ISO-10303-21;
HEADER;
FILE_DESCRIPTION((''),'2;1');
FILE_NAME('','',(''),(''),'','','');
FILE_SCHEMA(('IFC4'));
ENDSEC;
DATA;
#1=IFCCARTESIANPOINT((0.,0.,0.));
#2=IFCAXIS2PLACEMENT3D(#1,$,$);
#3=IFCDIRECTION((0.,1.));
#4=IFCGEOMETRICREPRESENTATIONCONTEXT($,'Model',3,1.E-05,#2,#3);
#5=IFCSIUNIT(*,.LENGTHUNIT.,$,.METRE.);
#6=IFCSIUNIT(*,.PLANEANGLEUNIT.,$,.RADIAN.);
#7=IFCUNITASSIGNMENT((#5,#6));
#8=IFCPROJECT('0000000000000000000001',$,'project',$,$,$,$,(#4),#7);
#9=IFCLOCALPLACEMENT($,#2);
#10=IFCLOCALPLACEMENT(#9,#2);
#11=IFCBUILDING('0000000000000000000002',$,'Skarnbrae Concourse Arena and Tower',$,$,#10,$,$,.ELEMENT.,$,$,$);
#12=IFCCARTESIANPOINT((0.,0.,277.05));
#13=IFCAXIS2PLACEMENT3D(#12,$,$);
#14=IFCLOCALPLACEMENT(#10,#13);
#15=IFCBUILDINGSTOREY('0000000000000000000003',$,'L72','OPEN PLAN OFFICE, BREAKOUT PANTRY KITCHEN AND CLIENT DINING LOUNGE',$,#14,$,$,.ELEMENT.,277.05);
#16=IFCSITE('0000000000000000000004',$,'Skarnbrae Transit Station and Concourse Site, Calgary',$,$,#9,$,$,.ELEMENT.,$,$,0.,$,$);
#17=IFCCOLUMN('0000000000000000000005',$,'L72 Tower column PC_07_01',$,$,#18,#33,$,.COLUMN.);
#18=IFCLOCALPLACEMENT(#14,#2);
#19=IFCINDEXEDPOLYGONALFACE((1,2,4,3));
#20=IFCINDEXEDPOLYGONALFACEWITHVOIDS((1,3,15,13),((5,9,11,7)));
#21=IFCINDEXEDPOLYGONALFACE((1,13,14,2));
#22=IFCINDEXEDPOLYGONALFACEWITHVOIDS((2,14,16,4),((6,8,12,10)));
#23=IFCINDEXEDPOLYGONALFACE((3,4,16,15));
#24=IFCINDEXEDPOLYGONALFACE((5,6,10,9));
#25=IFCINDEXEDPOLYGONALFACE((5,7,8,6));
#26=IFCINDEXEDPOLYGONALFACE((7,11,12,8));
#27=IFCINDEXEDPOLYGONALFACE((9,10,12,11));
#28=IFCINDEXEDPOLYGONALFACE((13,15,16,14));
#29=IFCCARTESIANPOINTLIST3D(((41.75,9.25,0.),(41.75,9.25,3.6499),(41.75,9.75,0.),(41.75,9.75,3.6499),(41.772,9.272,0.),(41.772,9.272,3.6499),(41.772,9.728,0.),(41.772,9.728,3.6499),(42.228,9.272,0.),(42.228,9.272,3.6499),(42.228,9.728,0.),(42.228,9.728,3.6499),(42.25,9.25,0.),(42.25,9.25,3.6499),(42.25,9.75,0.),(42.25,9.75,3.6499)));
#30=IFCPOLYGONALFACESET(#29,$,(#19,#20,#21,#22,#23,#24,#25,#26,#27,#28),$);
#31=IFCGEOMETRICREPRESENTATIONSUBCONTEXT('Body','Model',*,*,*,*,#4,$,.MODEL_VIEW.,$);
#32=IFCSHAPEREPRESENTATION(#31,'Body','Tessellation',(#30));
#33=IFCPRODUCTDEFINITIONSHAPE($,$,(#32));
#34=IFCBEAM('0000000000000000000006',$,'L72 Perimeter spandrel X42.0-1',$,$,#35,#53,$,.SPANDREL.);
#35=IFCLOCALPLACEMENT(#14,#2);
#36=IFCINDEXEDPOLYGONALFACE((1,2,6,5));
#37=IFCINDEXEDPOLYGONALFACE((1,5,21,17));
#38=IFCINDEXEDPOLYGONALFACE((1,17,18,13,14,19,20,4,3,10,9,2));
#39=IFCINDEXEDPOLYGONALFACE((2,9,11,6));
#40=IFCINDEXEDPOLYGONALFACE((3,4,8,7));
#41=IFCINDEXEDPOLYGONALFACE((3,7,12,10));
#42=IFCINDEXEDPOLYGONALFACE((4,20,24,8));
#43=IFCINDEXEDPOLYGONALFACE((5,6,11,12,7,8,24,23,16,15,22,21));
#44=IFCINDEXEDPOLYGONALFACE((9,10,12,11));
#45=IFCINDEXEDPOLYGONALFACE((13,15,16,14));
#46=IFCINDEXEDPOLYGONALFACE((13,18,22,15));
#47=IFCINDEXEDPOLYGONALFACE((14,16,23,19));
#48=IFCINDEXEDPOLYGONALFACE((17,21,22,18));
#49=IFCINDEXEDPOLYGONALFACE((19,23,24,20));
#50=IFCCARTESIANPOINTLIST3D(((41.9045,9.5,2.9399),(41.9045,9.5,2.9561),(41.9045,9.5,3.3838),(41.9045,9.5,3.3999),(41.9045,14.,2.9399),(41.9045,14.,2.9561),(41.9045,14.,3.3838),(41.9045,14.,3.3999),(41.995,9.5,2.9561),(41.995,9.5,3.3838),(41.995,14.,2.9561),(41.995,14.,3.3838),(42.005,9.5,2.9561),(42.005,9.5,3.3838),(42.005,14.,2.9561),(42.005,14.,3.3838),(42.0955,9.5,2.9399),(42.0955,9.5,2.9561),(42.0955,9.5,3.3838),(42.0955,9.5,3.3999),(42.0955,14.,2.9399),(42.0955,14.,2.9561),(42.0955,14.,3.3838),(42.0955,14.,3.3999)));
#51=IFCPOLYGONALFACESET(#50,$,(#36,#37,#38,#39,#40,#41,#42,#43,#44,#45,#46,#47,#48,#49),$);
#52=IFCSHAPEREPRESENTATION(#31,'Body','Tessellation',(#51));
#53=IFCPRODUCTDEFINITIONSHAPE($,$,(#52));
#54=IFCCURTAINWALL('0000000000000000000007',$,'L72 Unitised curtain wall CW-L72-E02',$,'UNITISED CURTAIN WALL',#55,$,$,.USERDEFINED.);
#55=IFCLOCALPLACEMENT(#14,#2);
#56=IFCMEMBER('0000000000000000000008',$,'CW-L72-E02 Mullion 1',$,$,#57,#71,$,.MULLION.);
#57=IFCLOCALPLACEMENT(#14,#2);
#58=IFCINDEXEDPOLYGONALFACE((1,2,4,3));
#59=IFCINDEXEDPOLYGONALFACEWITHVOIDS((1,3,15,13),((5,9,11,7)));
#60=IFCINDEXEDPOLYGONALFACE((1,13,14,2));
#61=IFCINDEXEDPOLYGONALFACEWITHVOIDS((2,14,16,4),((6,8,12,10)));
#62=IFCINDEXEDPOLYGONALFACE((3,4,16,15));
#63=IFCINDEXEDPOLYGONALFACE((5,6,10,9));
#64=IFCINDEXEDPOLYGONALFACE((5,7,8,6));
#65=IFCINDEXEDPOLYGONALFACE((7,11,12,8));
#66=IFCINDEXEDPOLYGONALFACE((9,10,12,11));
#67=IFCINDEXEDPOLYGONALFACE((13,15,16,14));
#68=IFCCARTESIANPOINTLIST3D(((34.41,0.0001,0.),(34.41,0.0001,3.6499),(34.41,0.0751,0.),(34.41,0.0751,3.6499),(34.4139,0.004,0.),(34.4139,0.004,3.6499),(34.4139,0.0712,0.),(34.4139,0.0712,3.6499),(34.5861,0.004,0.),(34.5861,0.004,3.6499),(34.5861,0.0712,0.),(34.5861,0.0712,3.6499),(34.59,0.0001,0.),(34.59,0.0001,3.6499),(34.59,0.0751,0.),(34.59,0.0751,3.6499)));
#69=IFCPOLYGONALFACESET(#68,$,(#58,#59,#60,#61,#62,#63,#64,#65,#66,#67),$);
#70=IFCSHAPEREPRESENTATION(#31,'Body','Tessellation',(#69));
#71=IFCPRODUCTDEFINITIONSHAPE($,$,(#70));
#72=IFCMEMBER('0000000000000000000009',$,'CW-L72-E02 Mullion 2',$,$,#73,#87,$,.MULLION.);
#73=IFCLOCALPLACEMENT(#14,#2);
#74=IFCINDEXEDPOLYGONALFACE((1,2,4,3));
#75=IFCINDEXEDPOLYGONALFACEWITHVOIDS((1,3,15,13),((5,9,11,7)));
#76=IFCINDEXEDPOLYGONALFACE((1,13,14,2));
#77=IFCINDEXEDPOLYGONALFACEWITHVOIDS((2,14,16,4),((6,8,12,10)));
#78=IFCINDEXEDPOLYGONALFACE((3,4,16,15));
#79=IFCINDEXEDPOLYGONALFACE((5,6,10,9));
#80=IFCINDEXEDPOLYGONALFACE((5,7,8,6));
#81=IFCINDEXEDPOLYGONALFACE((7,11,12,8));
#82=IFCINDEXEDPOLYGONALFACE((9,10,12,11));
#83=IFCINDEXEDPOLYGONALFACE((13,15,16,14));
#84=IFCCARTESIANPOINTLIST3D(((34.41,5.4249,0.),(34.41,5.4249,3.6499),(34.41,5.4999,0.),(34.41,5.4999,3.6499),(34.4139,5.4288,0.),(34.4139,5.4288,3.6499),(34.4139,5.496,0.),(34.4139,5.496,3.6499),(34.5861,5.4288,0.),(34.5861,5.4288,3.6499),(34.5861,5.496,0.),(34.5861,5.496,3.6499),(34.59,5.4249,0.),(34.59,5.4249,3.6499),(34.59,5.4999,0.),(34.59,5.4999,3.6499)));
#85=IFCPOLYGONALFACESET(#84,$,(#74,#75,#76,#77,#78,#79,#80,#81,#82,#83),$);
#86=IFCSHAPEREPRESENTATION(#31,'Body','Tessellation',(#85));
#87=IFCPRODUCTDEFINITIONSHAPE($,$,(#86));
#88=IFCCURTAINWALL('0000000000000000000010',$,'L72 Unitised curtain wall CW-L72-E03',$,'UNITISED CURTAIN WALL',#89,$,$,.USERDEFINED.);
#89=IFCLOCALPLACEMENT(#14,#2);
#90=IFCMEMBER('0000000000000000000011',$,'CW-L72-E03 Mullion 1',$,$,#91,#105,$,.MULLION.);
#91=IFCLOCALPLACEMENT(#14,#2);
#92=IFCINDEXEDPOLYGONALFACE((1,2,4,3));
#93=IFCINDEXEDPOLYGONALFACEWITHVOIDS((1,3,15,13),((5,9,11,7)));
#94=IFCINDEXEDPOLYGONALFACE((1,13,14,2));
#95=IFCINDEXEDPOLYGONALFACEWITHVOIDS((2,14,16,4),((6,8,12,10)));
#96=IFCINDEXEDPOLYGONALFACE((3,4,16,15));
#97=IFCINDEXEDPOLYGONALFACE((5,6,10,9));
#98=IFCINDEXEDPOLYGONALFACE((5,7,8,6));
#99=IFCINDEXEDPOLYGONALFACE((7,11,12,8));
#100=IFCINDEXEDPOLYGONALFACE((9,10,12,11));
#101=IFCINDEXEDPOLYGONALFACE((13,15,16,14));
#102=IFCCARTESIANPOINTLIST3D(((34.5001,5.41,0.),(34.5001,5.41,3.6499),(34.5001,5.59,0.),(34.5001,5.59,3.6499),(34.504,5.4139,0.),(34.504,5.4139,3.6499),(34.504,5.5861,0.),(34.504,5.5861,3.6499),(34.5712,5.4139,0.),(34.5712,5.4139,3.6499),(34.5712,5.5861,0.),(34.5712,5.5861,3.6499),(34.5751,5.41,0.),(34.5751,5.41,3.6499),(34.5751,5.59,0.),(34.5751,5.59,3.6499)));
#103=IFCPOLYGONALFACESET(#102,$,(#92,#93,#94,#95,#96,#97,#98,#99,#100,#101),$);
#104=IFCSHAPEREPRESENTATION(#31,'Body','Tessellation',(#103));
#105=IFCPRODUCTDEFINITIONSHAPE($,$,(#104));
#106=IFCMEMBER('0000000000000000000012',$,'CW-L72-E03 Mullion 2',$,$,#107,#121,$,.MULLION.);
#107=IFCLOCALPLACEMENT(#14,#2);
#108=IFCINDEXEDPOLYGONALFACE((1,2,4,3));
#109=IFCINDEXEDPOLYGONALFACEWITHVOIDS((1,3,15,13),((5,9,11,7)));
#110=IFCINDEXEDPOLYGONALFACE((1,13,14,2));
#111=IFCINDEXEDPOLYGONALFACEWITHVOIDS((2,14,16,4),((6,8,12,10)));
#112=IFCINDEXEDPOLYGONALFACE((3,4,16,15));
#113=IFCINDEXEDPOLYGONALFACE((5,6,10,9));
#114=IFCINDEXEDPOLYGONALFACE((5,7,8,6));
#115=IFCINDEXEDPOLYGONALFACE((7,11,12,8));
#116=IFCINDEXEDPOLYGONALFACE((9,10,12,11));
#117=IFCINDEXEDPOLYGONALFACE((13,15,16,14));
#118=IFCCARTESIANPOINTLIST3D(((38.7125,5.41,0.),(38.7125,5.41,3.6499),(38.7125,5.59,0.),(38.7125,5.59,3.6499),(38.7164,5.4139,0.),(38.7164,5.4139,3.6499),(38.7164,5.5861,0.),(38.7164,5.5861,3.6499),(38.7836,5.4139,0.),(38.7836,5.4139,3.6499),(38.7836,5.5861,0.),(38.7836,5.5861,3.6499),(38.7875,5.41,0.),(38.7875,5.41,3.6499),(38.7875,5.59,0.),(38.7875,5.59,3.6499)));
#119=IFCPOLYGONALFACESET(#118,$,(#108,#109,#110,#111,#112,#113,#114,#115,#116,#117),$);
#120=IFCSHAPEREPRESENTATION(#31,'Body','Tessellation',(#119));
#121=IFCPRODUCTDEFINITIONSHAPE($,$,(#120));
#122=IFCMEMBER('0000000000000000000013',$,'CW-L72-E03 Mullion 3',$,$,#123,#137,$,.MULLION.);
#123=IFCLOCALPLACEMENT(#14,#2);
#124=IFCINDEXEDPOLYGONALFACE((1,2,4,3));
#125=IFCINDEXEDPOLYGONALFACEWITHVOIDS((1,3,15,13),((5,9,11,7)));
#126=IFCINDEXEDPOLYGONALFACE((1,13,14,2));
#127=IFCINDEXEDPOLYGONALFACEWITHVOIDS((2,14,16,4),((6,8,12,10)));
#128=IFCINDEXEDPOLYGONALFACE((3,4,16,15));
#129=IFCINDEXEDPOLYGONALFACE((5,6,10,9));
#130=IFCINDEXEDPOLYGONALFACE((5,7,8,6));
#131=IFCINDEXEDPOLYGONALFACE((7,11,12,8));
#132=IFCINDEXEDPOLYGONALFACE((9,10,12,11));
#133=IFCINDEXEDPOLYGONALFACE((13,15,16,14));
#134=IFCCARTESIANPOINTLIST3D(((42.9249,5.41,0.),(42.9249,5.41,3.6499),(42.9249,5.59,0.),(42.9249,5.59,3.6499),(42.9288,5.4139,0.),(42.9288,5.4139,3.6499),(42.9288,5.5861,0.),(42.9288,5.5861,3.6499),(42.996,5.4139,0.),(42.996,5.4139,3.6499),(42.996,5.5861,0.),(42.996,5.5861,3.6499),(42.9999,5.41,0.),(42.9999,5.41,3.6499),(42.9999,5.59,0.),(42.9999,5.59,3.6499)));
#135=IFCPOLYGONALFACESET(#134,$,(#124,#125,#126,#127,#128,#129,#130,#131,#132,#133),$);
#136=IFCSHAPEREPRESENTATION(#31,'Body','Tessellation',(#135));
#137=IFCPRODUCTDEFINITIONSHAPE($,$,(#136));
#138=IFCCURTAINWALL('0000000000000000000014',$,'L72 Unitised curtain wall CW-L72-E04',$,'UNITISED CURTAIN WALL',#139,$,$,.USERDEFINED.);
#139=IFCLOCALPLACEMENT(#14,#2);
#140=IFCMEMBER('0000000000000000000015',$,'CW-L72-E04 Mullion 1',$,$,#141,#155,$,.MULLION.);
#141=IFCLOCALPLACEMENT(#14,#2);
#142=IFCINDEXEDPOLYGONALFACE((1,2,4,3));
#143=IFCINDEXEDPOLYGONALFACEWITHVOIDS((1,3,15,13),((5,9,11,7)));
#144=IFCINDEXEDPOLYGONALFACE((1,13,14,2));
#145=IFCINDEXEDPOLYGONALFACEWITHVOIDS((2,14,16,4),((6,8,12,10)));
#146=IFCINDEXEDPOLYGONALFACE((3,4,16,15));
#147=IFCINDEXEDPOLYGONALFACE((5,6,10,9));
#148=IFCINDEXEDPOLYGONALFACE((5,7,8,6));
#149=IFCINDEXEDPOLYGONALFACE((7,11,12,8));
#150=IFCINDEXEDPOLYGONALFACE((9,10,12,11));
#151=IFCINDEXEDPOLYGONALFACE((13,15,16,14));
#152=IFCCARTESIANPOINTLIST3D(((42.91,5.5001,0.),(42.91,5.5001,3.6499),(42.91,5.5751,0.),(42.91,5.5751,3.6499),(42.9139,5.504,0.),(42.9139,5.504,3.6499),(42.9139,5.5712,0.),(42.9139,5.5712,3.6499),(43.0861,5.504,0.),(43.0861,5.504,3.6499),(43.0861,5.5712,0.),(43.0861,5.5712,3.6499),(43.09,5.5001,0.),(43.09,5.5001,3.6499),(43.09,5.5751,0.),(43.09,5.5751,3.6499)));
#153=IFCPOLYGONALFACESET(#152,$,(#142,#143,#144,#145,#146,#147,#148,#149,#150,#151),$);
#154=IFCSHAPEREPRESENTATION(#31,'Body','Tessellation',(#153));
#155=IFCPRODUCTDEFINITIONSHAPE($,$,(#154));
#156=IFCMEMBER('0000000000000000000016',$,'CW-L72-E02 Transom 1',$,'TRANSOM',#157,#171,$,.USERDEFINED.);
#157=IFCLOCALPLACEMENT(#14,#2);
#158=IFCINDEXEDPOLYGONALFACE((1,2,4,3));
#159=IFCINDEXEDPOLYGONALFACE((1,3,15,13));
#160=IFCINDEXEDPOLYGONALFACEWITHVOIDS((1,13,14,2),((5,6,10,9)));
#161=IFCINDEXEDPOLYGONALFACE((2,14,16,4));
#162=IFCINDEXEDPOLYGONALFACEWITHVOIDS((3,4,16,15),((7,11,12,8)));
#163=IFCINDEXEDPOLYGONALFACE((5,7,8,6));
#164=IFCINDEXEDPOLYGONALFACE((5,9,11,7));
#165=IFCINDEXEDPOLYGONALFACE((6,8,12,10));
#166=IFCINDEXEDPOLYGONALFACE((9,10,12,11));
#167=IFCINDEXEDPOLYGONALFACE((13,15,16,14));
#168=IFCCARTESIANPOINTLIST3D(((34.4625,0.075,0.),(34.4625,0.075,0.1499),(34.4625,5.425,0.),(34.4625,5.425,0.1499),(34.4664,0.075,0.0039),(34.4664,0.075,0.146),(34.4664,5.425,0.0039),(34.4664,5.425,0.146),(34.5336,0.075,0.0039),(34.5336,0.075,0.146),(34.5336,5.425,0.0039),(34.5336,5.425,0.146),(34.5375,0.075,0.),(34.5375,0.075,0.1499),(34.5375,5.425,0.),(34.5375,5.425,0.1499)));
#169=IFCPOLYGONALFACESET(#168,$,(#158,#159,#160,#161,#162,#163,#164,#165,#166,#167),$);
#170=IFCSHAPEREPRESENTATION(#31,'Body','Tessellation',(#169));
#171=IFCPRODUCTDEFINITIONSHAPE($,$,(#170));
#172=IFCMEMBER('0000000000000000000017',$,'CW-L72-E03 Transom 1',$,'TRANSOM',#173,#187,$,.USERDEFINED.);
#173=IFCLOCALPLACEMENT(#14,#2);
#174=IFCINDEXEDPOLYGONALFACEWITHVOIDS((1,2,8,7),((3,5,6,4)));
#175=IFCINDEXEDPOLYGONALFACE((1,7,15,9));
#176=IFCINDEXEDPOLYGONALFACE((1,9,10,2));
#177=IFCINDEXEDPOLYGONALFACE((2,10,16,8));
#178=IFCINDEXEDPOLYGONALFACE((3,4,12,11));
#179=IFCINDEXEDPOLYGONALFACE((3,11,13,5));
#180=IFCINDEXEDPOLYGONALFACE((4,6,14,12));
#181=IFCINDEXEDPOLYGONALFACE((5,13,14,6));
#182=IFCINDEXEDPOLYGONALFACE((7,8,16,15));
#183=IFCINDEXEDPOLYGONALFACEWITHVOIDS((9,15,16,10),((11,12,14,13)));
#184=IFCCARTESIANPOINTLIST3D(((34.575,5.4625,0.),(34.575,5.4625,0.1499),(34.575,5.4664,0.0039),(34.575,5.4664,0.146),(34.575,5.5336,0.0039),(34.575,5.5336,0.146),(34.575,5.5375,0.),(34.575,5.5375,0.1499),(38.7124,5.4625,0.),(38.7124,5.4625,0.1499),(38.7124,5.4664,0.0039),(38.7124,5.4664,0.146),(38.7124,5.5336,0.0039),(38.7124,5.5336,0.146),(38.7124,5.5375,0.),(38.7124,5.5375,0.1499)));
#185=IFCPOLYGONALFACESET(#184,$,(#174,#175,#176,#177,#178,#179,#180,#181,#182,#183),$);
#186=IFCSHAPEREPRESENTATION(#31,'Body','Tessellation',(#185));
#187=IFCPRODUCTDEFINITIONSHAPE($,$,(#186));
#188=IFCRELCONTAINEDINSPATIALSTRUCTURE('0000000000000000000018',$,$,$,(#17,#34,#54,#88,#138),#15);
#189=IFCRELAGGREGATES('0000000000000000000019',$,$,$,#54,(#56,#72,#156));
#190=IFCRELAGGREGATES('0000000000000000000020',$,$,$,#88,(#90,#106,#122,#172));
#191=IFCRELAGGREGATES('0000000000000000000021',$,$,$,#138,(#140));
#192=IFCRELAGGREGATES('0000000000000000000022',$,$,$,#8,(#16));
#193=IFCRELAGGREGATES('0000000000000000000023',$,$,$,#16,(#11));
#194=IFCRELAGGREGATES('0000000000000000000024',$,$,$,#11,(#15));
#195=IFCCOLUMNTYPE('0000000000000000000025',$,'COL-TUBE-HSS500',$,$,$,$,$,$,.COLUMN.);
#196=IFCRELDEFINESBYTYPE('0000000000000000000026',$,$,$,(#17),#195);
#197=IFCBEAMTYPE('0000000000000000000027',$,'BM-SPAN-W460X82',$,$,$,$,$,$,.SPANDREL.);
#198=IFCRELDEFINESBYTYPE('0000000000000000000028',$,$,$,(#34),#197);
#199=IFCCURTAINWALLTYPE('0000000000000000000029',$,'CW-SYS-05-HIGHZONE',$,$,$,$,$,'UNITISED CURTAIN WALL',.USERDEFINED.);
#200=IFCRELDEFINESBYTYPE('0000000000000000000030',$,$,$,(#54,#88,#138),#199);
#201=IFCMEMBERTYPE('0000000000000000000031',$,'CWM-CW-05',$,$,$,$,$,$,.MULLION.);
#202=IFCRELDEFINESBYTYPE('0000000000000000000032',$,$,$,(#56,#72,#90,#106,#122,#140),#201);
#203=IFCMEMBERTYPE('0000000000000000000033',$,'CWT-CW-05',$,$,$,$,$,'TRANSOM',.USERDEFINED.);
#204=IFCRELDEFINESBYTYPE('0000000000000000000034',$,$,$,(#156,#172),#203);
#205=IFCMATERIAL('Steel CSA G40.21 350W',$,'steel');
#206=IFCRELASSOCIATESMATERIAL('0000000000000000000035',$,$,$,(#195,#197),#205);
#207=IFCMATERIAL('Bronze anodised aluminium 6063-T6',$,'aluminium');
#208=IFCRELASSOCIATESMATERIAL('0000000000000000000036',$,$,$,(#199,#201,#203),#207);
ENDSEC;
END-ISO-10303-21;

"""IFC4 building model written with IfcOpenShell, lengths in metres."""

from ifc_helpers import new_model, si_unit, direction, frame, origin, origin_2d, place, context, subcontext, project, spatial, hollow_rectangle, i_section, extrude, source, transform, mapped, material, material_profile, profile_set, type_object, element, aggregate, save


model = new_model("IFC4")

# Units and contexts
model_context = context("Model", 3, precision=1e-05, world=origin(), true_north=direction((0.0, 1.0)))
body_context = subcontext(model_context, "Body", "Model", "MODEL_VIEW")
ifc_project = project(units=[si_unit("LENGTHUNIT", "METRE"), si_unit("PLANEANGLEUNIT", "RADIAN")], contexts=[model_context])

# Site, building, storey
site_placement = place(None, origin())
site = spatial("IfcSite", under=ifc_project, at=site_placement, Name="Skarnbrae Transit Station and Concourse Site, Calgary", CompositionType="ELEMENT", RefElevation=0.0)
building_placement = place(site_placement, origin())
building = spatial("IfcBuilding", under=site, at=building_placement, Name="Skarnbrae Concourse Arena and Tower", CompositionType="ELEMENT")
storey_placement = place(building_placement, frame((0.0, 0.0, 277.05)))
storey = spatial("IfcBuildingStorey", under=building, at=storey_placement, Name="L72", Description="OPEN PLAN OFFICE, BREAKOUT PANTRY KITCHEN AND CLIENT DINING LOUNGE", CompositionType="ELEMENT", Elevation=277.05)

# Column
ifc_material_1 = material(Name="Steel CSA G40.21 350W", Category="steel")
ifc_material_profile_1 = material_profile(ifc_material_1, hollow_rectangle(XDim=0.5, YDim=0.5, WallThickness=0.022, at=origin_2d()), Name="HSS500X500X22.0")
ifc_profile_set_1 = profile_set([ifc_material_profile_1], Name="Steel CSA G40.21 350W")
column_type = type_object("IfcColumnType", Name="COL-TUBE-HSS500", PredefinedType="COLUMN", material=ifc_profile_set_1)
shared_shape_1 = source(origin(), body_context, "Body", "SweptSolid", [
    extrude(hollow_rectangle(XDim=0.5, YDim=0.5, WallThickness=0.022, at=origin_2d()), origin(), (0.0, 0.0, 1.0), 3.6499),
])
column_placement = place(storey_placement, frame((42.0, 9.5, 0.0), z_axis=(0.0, 0.0, 1.0), x_axis=(1.0, 0.0, 0.0)))
element("IfcColumn", 1, at=column_placement, inside=storey, type_object=column_type, Name="L72 Tower column PC_07_01", PredefinedType="COLUMN", context=body_context, shape_type="MappedRepresentation", body=[
    mapped(shared_shape_1, transform((0.0, 0.0, 0.0))),
])

# Beam
ifc_material_profile_2 = material_profile(ifc_material_1, i_section(OverallWidth=0.1909, OverallDepth=0.46, WebThickness=0.01, FlangeThickness=0.0161, at=origin_2d()), Name="W460X82")
ifc_profile_set_2 = profile_set([ifc_material_profile_2], Name="Steel CSA G40.21 350W")
beam_type = type_object("IfcBeamType", Name="BM-SPAN-W460X82", PredefinedType="SPANDREL", material=ifc_profile_set_2)
shared_shape_2 = source(origin(), body_context, "Body", "SweptSolid", [
    extrude(i_section(OverallWidth=0.1909, OverallDepth=0.46, WebThickness=0.01, FlangeThickness=0.0161, at=origin_2d()), origin(), (0.0, 0.0, 1.0), 4.5),
])
beam_placement = place(storey_placement, frame((42.0, 9.5, 3.1699), z_axis=(0.0, 1.0, 0.0), x_axis=(-1.0, 0.0, 0.0)))
element("IfcBeam", 2, at=beam_placement, inside=storey, type_object=beam_type, Name="L72 Perimeter spandrel X42.0-1", PredefinedType="SPANDREL", context=body_context, shape_type="MappedRepresentation", body=[
    mapped(shared_shape_2, transform((0.0, 0.0, 0.0))),
])

# Curtain walls, members
ifc_material_2 = material(Name="Bronze anodised aluminium 6063-T6", Category="aluminium")
curtain_wall_type = type_object("IfcCurtainWallType", Name="CW-SYS-05-HIGHZONE", ElementType="UNITISED CURTAIN WALL", PredefinedType="USERDEFINED", material=ifc_material_2)
curtain_wall_1_placement = place(storey_placement, origin())
curtain_wall_1 = element("IfcCurtainWall", 3, at=curtain_wall_1_placement, inside=storey, type_object=curtain_wall_type, Name="L72 Unitised curtain wall CW-L72-E02", ObjectType="UNITISED CURTAIN WALL", PredefinedType="USERDEFINED")
ifc_material_profile_3 = material_profile(ifc_material_2, hollow_rectangle(XDim=0.075, YDim=0.1799, WallThickness=0.0039, at=origin_2d()), Name="ALU-MULL-75X180")
ifc_profile_set_3 = profile_set([ifc_material_profile_3], Name="Bronze anodised aluminium 6063-T6")
member_type_1 = type_object("IfcMemberType", Name="CWM-CW-05", PredefinedType="MULLION", material=ifc_profile_set_3)
shared_shape_3 = source(origin(), body_context, "Body", "SweptSolid", [
    extrude(hollow_rectangle(XDim=0.075, YDim=0.1799, WallThickness=0.0039, at=origin_2d()), origin(), (0.0, 0.0, 1.0), 3.6499),
])
member_1_placement = place(storey_placement, frame((34.5, 0.0376, 0.0), z_axis=(0.0, 0.0, 1.0), x_axis=(0.0, 1.0, 0.0)))
member_1 = element("IfcMember", 4, at=member_1_placement, type_object=member_type_1, Name="CW-L72-E02 Mullion 1", PredefinedType="MULLION", context=body_context, shape_type="MappedRepresentation", body=[
    mapped(shared_shape_3, transform((0.0, 0.0, 0.0))),
])
member_2_placement = place(storey_placement, frame((34.5, 5.4624, 0.0), z_axis=(0.0, 0.0, 1.0), x_axis=(0.0, 1.0, 0.0)))
member_2 = element("IfcMember", 5, at=member_2_placement, type_object=member_type_1, Name="CW-L72-E02 Mullion 2", PredefinedType="MULLION", context=body_context, shape_type="MappedRepresentation", body=[
    mapped(shared_shape_3, transform((0.0, 0.0, 0.0))),
])
curtain_wall_2_placement = place(storey_placement, origin())
curtain_wall_2 = element("IfcCurtainWall", 6, at=curtain_wall_2_placement, inside=storey, type_object=curtain_wall_type, Name="L72 Unitised curtain wall CW-L72-E03", ObjectType="UNITISED CURTAIN WALL", PredefinedType="USERDEFINED")
member_3_placement = place(storey_placement, frame((34.5376, 5.5, 0.0), z_axis=(0.0, 0.0, 1.0), x_axis=(1.0, 0.0, 0.0)))
member_3 = element("IfcMember", 7, at=member_3_placement, type_object=member_type_1, Name="CW-L72-E03 Mullion 1", PredefinedType="MULLION", context=body_context, shape_type="MappedRepresentation", body=[
    mapped(shared_shape_3, transform((0.0, 0.0, 0.0))),
])
member_4_placement = place(storey_placement, frame((38.75, 5.5, 0.0), z_axis=(0.0, 0.0, 1.0), x_axis=(1.0, 0.0, 0.0)))
member_4 = element("IfcMember", 8, at=member_4_placement, type_object=member_type_1, Name="CW-L72-E03 Mullion 2", PredefinedType="MULLION", context=body_context, shape_type="MappedRepresentation", body=[
    mapped(shared_shape_3, transform((0.0, 0.0, 0.0))),
])
member_5_placement = place(storey_placement, frame((42.9624, 5.5, 0.0), z_axis=(0.0, 0.0, 1.0), x_axis=(1.0, 0.0, 0.0)))
member_5 = element("IfcMember", 9, at=member_5_placement, type_object=member_type_1, Name="CW-L72-E03 Mullion 3", PredefinedType="MULLION", context=body_context, shape_type="MappedRepresentation", body=[
    mapped(shared_shape_3, transform((0.0, 0.0, 0.0))),
])

# Curtain wall, member
curtain_wall_3_placement = place(storey_placement, origin())
curtain_wall_3 = element("IfcCurtainWall", 10, at=curtain_wall_3_placement, inside=storey, type_object=curtain_wall_type, Name="L72 Unitised curtain wall CW-L72-E04", ObjectType="UNITISED CURTAIN WALL", PredefinedType="USERDEFINED")
member_6_placement = place(storey_placement, frame((43.0, 5.5376, 0.0), z_axis=(0.0, 0.0, 1.0), x_axis=(0.0, 1.0, 0.0)))
member_6 = element("IfcMember", 11, at=member_6_placement, type_object=member_type_1, Name="CW-L72-E04 Mullion 1", PredefinedType="MULLION", context=body_context, shape_type="MappedRepresentation", body=[
    mapped(shared_shape_3, transform((0.0, 0.0, 0.0))),
])

# Members
ifc_material_profile_4 = material_profile(ifc_material_2, hollow_rectangle(XDim=0.075, YDim=0.1499, WallThickness=0.0039, at=origin_2d()), Name="ALU-TRAN-75X150")
ifc_profile_set_4 = profile_set([ifc_material_profile_4], Name="Bronze anodised aluminium 6063-T6")
member_type_2 = type_object("IfcMemberType", Name="CWT-CW-05", ElementType="TRANSOM", PredefinedType="USERDEFINED", material=ifc_profile_set_4)
shared_shape_4 = source(origin(), body_context, "Body", "SweptSolid", [
    extrude(hollow_rectangle(XDim=0.075, YDim=0.1499, WallThickness=0.0039, at=origin_2d()), origin(), (0.0, 0.0, 1.0), 5.3501),
])
member_7_placement = place(storey_placement, frame((34.5, 0.075, 0.075), z_axis=(0.0, 1.0, 0.0), x_axis=(-1.0, 0.0, 0.0)))
member_7 = element("IfcMember", 12, at=member_7_placement, type_object=member_type_2, Name="CW-L72-E02 Transom 1", ObjectType="TRANSOM", PredefinedType="USERDEFINED", context=body_context, shape_type="MappedRepresentation", body=[
    mapped(shared_shape_4, transform((0.0, 0.0, 0.0))),
])
shared_shape_5 = source(origin(), body_context, "Body", "SweptSolid", [
    extrude(hollow_rectangle(XDim=0.075, YDim=0.1499, WallThickness=0.0039, at=origin_2d()), origin(), (0.0, 0.0, 1.0), 4.1375),
])
member_8_placement = place(storey_placement, frame((34.575, 5.5, 0.075), z_axis=(1.0, 0.0, 0.0), x_axis=(0.0, 1.0, 0.0)))
member_8 = element("IfcMember", 13, at=member_8_placement, type_object=member_type_2, Name="CW-L72-E03 Transom 1", ObjectType="TRANSOM", PredefinedType="USERDEFINED", context=body_context, shape_type="MappedRepresentation", body=[
    mapped(shared_shape_5, transform((0.0, 0.0, 0.0))),
])

aggregate(curtain_wall_1, [member_1, member_2, member_7])
aggregate(curtain_wall_2, [member_3, member_4, member_5, member_8])
aggregate(curtain_wall_3, [member_6])

save(model, "model.ifc")
